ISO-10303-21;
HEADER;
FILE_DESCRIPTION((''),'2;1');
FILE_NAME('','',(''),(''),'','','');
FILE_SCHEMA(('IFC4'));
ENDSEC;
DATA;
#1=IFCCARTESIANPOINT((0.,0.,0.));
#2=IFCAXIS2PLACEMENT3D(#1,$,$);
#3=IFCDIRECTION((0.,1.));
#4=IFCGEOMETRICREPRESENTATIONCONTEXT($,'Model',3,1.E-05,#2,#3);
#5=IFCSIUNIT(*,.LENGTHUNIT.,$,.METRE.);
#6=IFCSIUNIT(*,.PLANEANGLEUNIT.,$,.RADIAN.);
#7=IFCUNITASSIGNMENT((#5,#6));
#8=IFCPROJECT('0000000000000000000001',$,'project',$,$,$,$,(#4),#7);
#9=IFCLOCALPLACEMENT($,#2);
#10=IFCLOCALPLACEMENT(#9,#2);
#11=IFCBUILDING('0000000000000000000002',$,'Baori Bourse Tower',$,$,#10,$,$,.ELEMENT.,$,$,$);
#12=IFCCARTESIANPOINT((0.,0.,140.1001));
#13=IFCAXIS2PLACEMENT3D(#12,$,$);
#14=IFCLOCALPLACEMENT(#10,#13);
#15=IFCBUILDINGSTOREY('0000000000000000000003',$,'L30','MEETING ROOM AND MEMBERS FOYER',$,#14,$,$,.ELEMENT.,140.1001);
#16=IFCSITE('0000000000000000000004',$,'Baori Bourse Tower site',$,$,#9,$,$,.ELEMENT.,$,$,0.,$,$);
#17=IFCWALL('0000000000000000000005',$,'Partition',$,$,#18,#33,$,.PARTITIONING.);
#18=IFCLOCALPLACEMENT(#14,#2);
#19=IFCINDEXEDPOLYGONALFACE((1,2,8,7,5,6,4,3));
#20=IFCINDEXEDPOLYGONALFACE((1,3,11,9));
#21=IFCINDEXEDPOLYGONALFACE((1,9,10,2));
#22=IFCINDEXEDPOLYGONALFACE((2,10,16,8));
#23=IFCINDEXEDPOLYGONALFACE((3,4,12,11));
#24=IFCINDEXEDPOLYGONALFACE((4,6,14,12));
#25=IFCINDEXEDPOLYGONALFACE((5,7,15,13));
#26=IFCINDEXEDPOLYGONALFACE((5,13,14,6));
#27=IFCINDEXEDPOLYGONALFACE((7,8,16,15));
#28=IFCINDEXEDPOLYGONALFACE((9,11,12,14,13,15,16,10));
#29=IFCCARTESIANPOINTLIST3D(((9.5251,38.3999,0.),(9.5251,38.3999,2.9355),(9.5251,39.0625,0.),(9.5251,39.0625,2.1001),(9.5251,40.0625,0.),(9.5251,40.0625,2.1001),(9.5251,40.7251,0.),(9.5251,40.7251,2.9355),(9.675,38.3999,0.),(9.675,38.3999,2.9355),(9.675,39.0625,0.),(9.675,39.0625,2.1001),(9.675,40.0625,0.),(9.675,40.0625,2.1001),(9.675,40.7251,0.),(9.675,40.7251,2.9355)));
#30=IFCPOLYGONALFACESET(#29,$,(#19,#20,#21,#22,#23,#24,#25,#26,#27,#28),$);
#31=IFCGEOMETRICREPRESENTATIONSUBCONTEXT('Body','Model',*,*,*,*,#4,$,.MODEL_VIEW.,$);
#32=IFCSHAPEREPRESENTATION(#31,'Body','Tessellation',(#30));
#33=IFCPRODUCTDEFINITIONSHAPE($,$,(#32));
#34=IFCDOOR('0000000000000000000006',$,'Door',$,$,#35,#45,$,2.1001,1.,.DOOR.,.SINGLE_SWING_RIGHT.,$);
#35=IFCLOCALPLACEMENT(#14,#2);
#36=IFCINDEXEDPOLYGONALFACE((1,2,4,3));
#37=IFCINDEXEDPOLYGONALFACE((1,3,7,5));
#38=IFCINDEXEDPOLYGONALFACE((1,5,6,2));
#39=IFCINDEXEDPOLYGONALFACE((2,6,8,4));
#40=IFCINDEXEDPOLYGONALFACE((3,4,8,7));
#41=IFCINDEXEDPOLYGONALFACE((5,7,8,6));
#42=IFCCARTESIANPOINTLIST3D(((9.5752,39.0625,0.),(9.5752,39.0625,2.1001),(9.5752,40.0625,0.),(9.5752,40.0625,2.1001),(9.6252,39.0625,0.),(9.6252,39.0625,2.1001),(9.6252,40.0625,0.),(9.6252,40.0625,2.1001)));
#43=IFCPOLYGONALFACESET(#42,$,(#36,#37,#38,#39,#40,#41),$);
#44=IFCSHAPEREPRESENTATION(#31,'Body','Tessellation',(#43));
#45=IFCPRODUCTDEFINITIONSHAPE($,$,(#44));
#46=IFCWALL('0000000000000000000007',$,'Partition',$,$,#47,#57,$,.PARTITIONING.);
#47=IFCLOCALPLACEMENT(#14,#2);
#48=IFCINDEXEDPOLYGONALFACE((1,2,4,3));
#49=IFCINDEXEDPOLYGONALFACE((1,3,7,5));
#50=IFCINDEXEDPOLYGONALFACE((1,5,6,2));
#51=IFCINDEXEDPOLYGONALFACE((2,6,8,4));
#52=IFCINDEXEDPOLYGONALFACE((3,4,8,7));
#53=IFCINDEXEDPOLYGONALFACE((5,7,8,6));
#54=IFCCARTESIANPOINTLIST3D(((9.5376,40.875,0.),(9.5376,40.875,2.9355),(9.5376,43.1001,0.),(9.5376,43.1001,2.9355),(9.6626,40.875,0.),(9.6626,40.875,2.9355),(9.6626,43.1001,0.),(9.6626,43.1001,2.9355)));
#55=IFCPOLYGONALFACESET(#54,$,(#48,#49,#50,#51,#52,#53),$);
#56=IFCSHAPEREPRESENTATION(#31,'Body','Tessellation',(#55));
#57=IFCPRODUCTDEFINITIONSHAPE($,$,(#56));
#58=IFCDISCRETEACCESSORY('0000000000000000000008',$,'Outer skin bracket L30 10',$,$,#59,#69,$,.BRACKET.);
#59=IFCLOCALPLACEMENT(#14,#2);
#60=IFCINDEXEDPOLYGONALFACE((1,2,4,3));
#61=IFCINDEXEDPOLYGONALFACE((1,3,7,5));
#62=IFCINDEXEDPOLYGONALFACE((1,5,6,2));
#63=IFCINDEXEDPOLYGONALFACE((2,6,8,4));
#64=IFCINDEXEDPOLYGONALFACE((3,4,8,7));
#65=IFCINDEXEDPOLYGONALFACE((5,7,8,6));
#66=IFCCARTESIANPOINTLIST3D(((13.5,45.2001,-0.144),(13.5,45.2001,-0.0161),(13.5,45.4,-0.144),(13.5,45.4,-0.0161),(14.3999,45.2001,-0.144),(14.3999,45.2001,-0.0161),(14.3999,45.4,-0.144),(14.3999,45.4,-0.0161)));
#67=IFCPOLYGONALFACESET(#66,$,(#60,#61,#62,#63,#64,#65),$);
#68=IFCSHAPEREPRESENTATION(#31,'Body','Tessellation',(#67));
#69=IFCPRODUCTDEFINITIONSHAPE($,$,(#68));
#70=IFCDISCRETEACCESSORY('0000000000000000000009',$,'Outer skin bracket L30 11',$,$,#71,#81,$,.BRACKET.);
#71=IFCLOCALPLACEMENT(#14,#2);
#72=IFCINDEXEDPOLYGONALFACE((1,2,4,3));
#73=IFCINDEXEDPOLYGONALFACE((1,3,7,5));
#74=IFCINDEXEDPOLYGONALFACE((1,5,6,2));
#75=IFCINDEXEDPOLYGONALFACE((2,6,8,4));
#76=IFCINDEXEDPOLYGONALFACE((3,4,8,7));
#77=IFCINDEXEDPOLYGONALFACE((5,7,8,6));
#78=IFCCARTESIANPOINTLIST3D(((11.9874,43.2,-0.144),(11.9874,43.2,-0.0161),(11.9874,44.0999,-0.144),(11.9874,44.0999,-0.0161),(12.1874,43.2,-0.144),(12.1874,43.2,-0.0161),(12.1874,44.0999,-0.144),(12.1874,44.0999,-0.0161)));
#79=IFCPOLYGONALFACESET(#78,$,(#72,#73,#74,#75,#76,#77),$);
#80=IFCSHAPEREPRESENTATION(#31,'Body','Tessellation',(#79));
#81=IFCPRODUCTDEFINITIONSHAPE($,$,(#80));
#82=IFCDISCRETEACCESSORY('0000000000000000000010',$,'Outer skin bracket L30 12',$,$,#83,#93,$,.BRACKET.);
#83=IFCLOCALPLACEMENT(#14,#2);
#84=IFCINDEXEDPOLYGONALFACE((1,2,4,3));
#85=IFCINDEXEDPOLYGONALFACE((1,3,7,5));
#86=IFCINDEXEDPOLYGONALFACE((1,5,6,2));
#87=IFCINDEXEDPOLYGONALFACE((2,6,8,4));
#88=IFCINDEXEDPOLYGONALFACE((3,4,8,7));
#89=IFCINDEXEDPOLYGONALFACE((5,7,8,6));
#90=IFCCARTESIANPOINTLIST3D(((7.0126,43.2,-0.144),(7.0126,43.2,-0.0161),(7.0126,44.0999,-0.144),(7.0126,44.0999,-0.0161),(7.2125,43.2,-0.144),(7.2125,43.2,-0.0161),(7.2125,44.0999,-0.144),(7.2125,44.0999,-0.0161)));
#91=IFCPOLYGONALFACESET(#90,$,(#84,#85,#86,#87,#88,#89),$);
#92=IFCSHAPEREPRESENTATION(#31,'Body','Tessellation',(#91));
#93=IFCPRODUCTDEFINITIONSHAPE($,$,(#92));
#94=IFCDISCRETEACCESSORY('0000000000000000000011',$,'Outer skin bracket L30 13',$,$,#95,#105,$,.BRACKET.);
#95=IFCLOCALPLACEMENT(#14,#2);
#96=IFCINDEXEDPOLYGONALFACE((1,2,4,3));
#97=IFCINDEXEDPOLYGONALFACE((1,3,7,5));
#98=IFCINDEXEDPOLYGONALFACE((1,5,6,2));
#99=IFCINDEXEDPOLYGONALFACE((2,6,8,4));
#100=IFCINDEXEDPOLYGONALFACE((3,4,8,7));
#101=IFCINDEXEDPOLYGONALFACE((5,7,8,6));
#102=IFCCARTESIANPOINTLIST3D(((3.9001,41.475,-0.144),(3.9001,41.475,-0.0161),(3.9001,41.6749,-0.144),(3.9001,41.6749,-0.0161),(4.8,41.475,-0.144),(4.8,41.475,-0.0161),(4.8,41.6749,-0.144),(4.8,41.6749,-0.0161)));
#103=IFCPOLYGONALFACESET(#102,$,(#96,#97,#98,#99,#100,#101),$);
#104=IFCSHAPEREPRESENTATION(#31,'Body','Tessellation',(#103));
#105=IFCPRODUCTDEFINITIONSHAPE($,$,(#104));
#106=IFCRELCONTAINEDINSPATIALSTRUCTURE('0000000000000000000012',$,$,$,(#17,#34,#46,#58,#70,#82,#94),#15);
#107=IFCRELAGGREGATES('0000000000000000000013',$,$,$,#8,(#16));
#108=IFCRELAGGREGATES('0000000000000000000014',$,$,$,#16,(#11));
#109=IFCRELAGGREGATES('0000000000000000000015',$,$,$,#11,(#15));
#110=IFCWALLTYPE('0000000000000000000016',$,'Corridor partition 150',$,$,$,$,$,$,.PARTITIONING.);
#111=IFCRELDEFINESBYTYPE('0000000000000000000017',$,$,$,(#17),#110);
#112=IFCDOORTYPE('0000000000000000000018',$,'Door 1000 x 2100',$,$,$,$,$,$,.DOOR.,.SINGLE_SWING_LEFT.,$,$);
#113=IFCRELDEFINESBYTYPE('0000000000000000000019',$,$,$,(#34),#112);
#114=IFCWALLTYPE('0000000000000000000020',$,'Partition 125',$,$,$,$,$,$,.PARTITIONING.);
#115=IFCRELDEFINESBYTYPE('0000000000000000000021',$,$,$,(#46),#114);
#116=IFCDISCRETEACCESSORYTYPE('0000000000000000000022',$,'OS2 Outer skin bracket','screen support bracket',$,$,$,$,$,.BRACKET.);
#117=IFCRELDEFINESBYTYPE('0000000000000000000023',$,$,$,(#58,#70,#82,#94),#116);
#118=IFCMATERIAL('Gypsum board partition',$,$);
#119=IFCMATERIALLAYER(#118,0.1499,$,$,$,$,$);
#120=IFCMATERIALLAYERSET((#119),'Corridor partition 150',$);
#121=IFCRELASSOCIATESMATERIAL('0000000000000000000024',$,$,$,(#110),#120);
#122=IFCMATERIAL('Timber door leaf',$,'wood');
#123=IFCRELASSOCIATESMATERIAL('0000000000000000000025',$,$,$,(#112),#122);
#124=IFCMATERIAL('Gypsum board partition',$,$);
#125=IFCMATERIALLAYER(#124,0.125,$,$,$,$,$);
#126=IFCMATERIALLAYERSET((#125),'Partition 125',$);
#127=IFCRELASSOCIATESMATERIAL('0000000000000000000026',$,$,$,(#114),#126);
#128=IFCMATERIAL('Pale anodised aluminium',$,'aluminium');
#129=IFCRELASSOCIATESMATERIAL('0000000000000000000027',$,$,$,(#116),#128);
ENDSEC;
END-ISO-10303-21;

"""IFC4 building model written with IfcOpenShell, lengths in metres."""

from ifc_helpers import new_model, si_unit, direction, frame, frame_2d, origin, origin_2d, place, context, subcontext, project, spatial, rectangle, extrude, material, layer, layer_set, type_object, element, fill, save


model = new_model("IFC4")

# Units and contexts
model_context = context("Model", 3, precision=1e-05, world=origin(), true_north=direction((0.0, 1.0)))
body_context = subcontext(model_context, "Body", "Model", "MODEL_VIEW")
ifc_project = project(units=[si_unit("LENGTHUNIT", "METRE"), si_unit("PLANEANGLEUNIT", "RADIAN")], contexts=[model_context])

# Site, building, storey
site_placement = place(None, origin())
site = spatial("IfcSite", under=ifc_project, at=site_placement, Name="Baori Bourse Tower site", CompositionType="ELEMENT", RefElevation=0.0)
building_placement = place(site_placement, origin())
building = spatial("IfcBuilding", under=site, at=building_placement, Name="Baori Bourse Tower", CompositionType="ELEMENT")
storey_placement = place(building_placement, frame((0.0, 0.0, 140.1001)))
storey = spatial("IfcBuildingStorey", under=building, at=storey_placement, Name="L30", Description="MEETING ROOM AND MEMBERS FOYER", CompositionType="ELEMENT", Elevation=140.1001)

# Shared definitions
ifc_material_1 = material(Name="Gypsum board partition")
ifc_layer_1 = layer(ifc_material_1, 0.1499)
ifc_layer_set_1 = layer_set([ifc_layer_1], Name="Corridor partition 150")
wall_type_1 = type_object("IfcWallType", Name="Corridor partition 150", PredefinedType="PARTITIONING", material=ifc_layer_set_1)
ifc_material_2 = material(Name="Timber door leaf", Category="wood")
door_type_1 = type_object("IfcDoorType", Name="Door 1000 x 2100", OperationType="SINGLE_SWING_LEFT", PredefinedType="DOOR", material=ifc_material_2)

# Wall, opening, door
wall_1_placement = place(storey_placement, frame((9.6001, 38.3999, 0.0), z_axis=(0.0, 0.0, 1.0), x_axis=(0.0, 1.0, 0.0)))
wall_1 = element("IfcWall", 1, at=wall_1_placement, inside=storey, type_object=wall_type_1, Name="Partition", PredefinedType="PARTITIONING", context=body_context, shape_type="SweptSolid", body=[
    extrude(rectangle(XDim=2.3252, YDim=0.1499, at=frame_2d((1.1626, 0.0))), origin(), (0.0, 0.0, 1.0), 2.9355),
])
opening_1_placement = place(wall_1_placement, frame((0.6626, 0.0, 0.0)))
opening_1 = element("IfcOpeningElement", 2, at=opening_1_placement, cuts=wall_1, PredefinedType="OPENING", context=body_context, shape_type="SweptSolid", body=[
    extrude(rectangle(XDim=1.0, YDim=2.1001, at=frame_2d((0.5, 1.05))), frame((0.0, 0.085, 0.0), z_axis=(0.0, -1.0, 0.0), x_axis=(1.0, 0.0, 0.0)), (0.0, 0.0, 1.0), 0.1699),
])
door_1_placement = place(opening_1_placement, origin())
door_1 = element("IfcDoor", 3, at=door_1_placement, inside=storey, type_object=door_type_1, Name="Door", OperationType="SINGLE_SWING_RIGHT", OverallHeight=2.1001, OverallWidth=1.0, PredefinedType="DOOR", context=body_context, shape_type="SweptSolid", body=[
    extrude(rectangle(XDim=1.0, YDim=2.1001, at=frame_2d((0.5, 1.05))), frame((0.0, 0.0249, 0.0), z_axis=(0.0, -1.0, 0.0), x_axis=(1.0, 0.0, 0.0)), (0.0, 0.0, 1.0), 0.05),
])
fill(opening_1, door_1)

# Wall
ifc_material_3 = material(Name="Gypsum board partition")
ifc_layer_2 = layer(ifc_material_3, 0.125)
ifc_layer_set_2 = layer_set([ifc_layer_2], Name="Partition 125")
wall_type_2 = type_object("IfcWallType", Name="Partition 125", PredefinedType="PARTITIONING", material=ifc_layer_set_2)
wall_2_placement = place(storey_placement, frame((9.6001, 40.875, 0.0), z_axis=(0.0, 0.0, 1.0), x_axis=(0.0, 1.0, 0.0)))
element("IfcWall", 4, at=wall_2_placement, inside=storey, type_object=wall_type_2, Name="Partition", PredefinedType="PARTITIONING", context=body_context, shape_type="SweptSolid", body=[
    extrude(rectangle(XDim=2.2251, YDim=0.125, at=frame_2d((1.1125, 0.0))), origin(), (0.0, 0.0, 1.0), 2.9355),
])

# Discrete accessories
ifc_material_4 = material(Name="Pale anodised aluminium", Category="aluminium")
discrete_accessory_type = type_object("IfcDiscreteAccessoryType", Name="OS2 Outer skin bracket", Description="screen support bracket", PredefinedType="BRACKET", material=ifc_material_4)
for number, where, z_axis, x_axis, name in (
    (5, (13.95, 45.3, -0.144), (0.0, 0.0, 1.0), (0.0, -1.0, 0.0), "Outer skin bracket L30 10"),
    (6, (12.0874, 43.6499, -0.144), (0.0, 0.0, 1.0), (-1.0, 0.0, 0.0), "Outer skin bracket L30 11"),
    (7, (7.1125, 43.6499, -0.144), (0.0, 0.0, 1.0), (-1.0, 0.0, 0.0), "Outer skin bracket L30 12"),
    (8, (4.3501, 41.575, -0.144), (0.0, 0.0, 1.0), (0.0, -1.0, 0.0), "Outer skin bracket L30 13"),
):
    element("IfcDiscreteAccessory", number, at=place(storey_placement, frame(where, z_axis=z_axis, x_axis=x_axis)), inside=storey, type_object=discrete_accessory_type, Name=name, PredefinedType="BRACKET", context=body_context, shape_type="SweptSolid", body=[
        extrude(rectangle(XDim=0.2, YDim=0.8999, at=origin_2d()), origin(), (0.0, 0.0, 1.0), 0.1279),
    ])

save(model, "model.ifc")
